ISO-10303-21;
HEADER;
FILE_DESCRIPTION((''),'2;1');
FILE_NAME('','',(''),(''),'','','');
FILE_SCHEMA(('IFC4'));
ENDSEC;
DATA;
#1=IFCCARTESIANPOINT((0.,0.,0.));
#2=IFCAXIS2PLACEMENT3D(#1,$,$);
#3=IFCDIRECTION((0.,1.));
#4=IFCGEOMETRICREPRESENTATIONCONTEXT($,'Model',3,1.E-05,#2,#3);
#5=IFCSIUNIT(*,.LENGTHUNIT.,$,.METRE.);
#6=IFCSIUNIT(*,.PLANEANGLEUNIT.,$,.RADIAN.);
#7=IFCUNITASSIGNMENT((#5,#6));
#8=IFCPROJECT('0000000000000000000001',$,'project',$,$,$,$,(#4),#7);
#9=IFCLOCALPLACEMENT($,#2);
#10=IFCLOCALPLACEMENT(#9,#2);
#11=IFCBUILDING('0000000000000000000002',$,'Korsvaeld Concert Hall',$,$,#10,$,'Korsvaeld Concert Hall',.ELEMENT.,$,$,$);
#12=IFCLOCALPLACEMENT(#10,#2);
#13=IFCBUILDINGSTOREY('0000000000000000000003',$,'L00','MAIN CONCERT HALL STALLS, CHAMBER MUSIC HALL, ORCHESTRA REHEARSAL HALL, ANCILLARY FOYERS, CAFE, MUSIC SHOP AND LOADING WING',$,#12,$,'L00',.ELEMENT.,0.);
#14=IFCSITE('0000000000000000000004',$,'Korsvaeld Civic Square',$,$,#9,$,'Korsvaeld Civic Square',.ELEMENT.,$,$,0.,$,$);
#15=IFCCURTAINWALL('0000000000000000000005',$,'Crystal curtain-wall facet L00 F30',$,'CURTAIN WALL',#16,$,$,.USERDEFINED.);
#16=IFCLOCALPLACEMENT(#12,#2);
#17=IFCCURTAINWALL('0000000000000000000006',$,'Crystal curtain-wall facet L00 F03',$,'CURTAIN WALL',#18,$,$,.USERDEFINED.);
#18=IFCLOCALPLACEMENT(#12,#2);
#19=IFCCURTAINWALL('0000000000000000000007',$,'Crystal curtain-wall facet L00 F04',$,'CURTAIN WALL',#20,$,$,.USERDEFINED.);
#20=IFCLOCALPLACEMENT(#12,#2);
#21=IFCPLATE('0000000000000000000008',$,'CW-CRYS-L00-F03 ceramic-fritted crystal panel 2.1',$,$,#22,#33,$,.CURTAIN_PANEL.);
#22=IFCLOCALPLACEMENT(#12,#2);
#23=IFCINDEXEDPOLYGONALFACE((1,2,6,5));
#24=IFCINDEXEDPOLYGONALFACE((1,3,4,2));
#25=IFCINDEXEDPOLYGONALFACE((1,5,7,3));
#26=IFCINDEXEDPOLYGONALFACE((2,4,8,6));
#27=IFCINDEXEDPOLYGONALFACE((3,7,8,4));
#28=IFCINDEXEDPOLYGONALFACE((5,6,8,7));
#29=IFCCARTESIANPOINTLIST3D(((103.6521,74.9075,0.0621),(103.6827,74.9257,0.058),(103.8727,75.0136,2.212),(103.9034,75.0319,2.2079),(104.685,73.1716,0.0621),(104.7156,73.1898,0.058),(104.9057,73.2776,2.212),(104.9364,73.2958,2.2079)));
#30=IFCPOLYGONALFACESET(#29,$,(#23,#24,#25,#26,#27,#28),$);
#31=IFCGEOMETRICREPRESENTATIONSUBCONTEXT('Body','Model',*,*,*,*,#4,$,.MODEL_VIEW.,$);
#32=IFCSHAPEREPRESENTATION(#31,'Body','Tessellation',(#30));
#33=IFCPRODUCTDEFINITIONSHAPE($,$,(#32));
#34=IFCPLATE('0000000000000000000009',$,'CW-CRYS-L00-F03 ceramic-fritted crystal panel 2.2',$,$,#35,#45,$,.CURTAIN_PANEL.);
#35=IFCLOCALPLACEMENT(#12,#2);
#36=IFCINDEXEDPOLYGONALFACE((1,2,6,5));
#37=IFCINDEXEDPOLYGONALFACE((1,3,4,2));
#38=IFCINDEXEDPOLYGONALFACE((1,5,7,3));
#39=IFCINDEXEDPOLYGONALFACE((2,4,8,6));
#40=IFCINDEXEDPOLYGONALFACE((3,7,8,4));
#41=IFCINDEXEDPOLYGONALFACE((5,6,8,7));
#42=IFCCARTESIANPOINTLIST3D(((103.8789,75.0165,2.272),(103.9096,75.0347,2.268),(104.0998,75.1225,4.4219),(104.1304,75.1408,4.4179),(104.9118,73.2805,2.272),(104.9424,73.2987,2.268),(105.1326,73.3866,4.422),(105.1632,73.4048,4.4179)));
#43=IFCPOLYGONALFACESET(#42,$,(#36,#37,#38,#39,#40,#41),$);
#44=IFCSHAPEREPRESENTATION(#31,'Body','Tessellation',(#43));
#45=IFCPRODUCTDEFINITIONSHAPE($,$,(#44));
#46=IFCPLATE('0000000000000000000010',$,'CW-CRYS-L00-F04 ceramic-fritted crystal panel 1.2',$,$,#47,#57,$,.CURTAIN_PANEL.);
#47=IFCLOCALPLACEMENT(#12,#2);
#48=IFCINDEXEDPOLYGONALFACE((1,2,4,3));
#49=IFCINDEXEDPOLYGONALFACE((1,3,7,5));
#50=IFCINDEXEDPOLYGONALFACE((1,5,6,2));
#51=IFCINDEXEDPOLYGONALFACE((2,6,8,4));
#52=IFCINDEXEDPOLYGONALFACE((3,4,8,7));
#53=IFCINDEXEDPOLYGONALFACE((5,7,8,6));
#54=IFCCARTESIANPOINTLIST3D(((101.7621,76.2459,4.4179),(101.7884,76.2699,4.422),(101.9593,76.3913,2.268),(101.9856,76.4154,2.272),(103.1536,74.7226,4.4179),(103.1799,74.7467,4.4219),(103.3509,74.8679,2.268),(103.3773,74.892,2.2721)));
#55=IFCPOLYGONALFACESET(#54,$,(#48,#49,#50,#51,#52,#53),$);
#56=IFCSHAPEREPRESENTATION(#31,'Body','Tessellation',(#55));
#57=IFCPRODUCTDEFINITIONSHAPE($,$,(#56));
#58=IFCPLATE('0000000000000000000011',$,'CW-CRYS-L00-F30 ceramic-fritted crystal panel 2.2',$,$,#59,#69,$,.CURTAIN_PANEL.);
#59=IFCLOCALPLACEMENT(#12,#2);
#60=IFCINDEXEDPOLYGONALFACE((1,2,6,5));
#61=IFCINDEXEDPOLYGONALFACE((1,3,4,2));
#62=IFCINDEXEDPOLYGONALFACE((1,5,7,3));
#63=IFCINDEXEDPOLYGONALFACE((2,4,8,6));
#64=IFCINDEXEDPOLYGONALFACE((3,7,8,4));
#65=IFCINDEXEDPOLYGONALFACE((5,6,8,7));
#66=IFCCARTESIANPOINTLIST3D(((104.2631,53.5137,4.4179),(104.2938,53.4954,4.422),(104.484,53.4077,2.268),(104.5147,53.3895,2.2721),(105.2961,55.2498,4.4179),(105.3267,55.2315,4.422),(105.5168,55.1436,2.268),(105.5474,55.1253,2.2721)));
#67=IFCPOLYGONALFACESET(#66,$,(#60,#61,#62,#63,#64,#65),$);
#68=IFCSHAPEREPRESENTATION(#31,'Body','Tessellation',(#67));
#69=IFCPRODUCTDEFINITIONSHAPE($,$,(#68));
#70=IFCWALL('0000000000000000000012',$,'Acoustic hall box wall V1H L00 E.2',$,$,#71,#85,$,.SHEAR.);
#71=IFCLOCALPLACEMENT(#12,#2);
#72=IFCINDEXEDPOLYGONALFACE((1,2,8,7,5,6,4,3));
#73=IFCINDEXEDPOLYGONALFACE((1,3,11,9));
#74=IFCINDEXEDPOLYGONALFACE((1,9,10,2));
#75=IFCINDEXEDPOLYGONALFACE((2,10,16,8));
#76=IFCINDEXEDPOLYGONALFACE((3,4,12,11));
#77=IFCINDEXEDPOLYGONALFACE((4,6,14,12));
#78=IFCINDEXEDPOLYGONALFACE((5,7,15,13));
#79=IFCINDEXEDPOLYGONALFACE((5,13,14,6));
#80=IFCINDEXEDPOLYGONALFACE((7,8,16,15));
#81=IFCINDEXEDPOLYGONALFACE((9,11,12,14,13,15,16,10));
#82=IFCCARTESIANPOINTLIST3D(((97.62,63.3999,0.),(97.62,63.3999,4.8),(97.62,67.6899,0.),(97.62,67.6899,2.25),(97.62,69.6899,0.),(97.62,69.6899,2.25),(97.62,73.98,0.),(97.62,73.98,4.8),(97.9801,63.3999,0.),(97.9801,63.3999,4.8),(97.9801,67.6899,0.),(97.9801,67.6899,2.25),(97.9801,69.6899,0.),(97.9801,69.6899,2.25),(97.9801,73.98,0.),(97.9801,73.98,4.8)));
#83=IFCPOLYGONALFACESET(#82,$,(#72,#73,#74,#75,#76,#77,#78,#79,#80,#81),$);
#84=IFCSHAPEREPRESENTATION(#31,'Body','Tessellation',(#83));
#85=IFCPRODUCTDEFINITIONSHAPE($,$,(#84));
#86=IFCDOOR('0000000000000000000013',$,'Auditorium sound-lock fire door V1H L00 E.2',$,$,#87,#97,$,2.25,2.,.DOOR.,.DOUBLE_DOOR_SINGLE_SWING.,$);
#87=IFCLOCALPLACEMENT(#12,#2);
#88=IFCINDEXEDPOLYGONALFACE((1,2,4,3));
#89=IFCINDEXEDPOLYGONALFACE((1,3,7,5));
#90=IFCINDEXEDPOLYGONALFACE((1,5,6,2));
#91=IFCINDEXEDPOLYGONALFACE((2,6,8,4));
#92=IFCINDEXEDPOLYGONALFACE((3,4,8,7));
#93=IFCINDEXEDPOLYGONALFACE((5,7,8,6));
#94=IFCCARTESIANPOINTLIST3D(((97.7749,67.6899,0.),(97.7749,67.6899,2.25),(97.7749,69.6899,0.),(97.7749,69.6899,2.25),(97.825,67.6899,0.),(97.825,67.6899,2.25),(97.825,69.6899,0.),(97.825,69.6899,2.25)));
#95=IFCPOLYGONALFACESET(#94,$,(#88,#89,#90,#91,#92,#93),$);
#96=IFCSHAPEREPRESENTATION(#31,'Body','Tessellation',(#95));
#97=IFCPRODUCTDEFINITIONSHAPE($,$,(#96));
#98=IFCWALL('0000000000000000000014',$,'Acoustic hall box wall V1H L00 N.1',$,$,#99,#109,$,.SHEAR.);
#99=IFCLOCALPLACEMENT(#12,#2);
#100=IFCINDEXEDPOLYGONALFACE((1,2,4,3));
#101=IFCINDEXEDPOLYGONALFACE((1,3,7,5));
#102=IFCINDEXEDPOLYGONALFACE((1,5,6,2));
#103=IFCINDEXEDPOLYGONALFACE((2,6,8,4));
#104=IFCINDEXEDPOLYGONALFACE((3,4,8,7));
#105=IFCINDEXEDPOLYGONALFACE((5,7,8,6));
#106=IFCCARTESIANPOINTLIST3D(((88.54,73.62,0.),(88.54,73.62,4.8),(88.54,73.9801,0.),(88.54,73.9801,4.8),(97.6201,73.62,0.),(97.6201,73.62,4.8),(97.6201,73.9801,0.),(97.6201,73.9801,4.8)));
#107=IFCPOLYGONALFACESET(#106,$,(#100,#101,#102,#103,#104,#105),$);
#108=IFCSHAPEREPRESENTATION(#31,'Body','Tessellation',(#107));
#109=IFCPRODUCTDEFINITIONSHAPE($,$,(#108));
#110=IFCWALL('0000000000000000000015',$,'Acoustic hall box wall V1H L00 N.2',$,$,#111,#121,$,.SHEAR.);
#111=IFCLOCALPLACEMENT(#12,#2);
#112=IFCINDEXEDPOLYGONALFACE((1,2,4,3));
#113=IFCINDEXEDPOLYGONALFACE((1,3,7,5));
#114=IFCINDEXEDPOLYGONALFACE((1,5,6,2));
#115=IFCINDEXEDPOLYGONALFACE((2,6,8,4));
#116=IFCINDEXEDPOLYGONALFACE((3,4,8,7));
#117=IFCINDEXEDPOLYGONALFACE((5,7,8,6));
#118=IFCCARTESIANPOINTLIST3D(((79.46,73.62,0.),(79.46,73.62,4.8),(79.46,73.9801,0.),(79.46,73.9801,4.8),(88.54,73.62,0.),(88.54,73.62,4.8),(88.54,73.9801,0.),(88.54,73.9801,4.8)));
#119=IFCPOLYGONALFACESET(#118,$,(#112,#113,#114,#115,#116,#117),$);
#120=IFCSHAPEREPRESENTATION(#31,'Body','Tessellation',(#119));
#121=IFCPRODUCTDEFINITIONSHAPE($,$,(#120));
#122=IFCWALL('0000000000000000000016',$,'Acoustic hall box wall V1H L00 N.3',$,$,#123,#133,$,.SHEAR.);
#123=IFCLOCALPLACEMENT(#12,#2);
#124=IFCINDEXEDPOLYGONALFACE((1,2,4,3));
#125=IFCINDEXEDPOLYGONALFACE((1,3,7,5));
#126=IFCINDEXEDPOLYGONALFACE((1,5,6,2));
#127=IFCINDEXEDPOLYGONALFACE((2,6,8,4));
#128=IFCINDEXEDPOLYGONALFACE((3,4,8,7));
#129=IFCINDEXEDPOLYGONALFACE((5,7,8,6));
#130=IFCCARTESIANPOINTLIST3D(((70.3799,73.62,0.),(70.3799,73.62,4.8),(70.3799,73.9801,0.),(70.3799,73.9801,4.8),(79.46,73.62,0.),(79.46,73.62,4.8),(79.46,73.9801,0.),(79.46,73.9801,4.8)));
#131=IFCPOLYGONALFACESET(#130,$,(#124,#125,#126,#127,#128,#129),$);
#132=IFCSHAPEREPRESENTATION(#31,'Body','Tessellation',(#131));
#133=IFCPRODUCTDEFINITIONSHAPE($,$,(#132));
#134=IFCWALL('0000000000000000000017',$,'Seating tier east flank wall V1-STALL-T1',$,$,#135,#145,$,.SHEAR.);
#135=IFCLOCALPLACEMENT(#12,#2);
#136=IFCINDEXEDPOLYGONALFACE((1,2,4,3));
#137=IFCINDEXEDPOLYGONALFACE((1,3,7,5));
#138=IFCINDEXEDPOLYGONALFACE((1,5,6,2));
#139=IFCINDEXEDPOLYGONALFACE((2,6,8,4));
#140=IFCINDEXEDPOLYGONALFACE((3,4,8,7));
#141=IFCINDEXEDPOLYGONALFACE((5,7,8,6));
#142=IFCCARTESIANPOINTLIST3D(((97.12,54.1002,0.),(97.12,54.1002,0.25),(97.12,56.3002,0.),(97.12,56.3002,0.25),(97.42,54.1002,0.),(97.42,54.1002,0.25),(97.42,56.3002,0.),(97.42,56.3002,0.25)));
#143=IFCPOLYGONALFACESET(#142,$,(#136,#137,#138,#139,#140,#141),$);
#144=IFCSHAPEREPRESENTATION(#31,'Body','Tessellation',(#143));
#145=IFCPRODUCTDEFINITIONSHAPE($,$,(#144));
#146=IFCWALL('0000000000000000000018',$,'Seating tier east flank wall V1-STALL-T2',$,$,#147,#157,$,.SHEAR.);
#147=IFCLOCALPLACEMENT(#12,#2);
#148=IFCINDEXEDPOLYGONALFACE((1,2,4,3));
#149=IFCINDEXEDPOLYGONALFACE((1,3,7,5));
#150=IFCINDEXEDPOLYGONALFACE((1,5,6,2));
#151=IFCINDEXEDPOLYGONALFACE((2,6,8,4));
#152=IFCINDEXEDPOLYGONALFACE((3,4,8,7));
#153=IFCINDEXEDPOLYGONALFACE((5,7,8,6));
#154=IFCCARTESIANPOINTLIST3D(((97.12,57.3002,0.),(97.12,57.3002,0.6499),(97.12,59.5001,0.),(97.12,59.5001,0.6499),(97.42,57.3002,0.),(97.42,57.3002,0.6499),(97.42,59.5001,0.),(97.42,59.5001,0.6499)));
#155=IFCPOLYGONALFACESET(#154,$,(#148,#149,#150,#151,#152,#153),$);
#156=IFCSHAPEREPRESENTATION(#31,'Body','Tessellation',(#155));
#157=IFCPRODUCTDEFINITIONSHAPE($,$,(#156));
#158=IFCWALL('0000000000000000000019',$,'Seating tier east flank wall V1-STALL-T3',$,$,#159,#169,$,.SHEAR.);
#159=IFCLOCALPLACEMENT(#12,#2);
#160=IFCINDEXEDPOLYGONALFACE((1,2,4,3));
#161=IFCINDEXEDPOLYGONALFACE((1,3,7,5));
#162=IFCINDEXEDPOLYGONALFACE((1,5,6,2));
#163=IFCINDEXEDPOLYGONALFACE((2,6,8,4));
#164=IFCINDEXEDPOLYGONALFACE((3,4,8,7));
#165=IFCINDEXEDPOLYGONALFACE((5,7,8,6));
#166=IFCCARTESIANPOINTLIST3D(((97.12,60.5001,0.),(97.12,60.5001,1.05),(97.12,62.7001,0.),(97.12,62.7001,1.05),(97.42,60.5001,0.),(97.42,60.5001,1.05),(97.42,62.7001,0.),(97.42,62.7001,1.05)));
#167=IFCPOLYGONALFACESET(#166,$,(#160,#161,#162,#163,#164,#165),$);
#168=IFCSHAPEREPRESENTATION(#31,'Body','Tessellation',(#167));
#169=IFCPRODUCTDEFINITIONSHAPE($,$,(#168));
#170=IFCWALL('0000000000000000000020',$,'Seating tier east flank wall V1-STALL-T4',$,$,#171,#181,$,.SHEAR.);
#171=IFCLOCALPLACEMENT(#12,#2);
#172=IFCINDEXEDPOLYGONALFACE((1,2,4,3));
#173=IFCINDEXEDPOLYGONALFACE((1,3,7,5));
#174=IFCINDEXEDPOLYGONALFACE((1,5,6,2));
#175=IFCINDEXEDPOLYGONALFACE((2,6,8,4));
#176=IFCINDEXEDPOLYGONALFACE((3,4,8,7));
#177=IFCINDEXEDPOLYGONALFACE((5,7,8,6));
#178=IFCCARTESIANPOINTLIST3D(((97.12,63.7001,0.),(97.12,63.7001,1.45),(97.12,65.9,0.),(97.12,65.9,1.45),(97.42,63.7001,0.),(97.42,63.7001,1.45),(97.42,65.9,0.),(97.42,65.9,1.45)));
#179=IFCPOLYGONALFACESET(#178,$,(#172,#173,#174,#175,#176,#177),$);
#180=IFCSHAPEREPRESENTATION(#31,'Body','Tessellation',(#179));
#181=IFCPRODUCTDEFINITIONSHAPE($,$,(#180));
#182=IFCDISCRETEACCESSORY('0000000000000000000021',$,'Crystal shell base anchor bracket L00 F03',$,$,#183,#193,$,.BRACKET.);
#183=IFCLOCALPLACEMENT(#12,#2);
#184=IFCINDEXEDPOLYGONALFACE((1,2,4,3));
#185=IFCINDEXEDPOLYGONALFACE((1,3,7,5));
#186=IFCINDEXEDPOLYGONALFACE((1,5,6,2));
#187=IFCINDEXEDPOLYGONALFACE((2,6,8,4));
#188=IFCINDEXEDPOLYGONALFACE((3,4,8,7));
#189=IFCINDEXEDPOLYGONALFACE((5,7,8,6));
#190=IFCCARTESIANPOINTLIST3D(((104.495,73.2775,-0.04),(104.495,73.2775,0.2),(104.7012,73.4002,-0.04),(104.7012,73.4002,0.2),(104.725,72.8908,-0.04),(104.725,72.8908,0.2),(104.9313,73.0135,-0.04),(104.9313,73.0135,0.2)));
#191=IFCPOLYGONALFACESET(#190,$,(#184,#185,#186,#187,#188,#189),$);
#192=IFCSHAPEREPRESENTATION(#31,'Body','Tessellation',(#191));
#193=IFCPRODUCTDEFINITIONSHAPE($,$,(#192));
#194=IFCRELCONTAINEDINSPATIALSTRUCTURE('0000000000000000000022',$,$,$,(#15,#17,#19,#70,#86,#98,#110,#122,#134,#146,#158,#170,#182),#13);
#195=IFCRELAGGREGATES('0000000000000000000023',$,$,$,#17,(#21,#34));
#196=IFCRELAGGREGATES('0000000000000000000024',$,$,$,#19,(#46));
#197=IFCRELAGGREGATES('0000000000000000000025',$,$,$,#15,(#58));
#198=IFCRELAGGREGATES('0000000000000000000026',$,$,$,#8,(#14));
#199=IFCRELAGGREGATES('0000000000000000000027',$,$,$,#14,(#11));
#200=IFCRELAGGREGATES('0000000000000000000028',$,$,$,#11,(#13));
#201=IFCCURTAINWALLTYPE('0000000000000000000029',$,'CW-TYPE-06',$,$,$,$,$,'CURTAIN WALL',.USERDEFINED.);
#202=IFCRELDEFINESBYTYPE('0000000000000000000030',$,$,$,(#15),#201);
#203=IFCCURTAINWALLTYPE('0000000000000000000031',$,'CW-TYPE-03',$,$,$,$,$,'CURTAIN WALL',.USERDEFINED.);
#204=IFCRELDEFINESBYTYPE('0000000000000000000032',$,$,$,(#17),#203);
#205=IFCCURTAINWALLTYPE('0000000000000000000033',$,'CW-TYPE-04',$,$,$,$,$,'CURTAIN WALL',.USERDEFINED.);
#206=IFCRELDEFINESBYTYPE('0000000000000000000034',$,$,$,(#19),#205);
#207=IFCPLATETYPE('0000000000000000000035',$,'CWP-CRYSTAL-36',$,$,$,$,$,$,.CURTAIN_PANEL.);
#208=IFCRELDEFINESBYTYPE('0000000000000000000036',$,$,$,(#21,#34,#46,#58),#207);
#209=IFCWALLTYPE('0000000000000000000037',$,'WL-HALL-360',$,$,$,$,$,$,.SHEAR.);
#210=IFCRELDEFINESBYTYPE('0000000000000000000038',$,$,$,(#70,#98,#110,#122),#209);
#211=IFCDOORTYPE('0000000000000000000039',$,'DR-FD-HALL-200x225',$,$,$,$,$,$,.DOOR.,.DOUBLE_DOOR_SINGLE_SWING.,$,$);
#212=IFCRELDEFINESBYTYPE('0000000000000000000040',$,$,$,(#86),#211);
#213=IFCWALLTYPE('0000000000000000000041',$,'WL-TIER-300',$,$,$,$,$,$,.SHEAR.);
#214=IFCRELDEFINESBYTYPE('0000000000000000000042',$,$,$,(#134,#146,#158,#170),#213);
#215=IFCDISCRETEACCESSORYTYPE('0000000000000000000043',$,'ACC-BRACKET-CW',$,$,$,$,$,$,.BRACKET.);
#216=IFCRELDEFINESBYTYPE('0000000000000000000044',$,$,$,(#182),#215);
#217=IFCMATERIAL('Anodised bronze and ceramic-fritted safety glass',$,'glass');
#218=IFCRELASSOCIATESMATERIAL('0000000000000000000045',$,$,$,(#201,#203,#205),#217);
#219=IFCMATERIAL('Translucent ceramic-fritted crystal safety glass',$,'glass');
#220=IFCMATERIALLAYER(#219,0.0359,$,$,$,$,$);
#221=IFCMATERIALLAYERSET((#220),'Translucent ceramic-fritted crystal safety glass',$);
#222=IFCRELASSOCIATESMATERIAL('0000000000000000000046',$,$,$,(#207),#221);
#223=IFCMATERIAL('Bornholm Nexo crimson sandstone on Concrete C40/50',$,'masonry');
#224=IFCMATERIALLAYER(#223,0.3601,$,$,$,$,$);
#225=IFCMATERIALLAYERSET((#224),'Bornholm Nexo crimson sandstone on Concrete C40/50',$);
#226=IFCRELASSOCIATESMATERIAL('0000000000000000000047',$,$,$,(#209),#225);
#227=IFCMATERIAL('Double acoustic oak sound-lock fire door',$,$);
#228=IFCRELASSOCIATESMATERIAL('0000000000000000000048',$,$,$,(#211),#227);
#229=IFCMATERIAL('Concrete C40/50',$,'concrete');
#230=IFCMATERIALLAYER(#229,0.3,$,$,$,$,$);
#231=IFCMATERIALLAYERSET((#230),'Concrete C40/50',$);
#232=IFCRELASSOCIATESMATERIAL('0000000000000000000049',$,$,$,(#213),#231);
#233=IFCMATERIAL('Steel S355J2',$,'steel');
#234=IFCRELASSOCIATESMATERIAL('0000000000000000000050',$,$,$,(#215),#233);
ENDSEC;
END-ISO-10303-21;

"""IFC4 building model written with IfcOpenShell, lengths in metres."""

from ifc_helpers import new_model, si_unit, direction, frame, frame_2d, origin, origin_2d, place, context, subcontext, project, spatial, polyline, rectangle, outline, extrude, material, layer, layer_set, type_object, element, fill, aggregate, save


model = new_model("IFC4")

# Units and contexts
model_context = context("Model", 3, precision=1e-05, world=origin(), true_north=direction((0.0, 1.0)))
body_context = subcontext(model_context, "Body", "Model", "MODEL_VIEW")
ifc_project = project(units=[si_unit("LENGTHUNIT", "METRE"), si_unit("PLANEANGLEUNIT", "RADIAN")], contexts=[model_context])

# Site, building, storey
site_placement = place(None, origin())
site = spatial("IfcSite", under=ifc_project, at=site_placement, Name="Korsvaeld Civic Square", LongName="Korsvaeld Civic Square", CompositionType="ELEMENT", RefElevation=0.0)
building_placement = place(site_placement, origin())
building = spatial("IfcBuilding", under=site, at=building_placement, Name="Korsvaeld Concert Hall", LongName="Korsvaeld Concert Hall", CompositionType="ELEMENT")
storey_placement = place(building_placement, origin())
storey = spatial("IfcBuildingStorey", under=building, at=storey_placement, Name="L00", Description="MAIN CONCERT HALL STALLS, CHAMBER MUSIC HALL, ORCHESTRA REHEARSAL HALL, ANCILLARY FOYERS, CAFE, MUSIC SHOP AND LOADING WING", LongName="L00", CompositionType="ELEMENT", Elevation=0.0)

# Shared definitions
ifc_material_1 = material(Name="Concrete C40/50", Category="concrete")

# Curtain wall
ifc_material_2 = material(Name="Anodised bronze and ceramic-fritted safety glass", Category="glass")
curtain_wall_type_1 = type_object("IfcCurtainWallType", Name="CW-TYPE-06", ElementType="CURTAIN WALL", PredefinedType="USERDEFINED", material=ifc_material_2)
curtain_wall_1_placement = place(storey_placement, origin())
curtain_wall_1 = element("IfcCurtainWall", 1, at=curtain_wall_1_placement, inside=storey, type_object=curtain_wall_type_1, Name="Crystal curtain-wall facet L00 F30", ObjectType="CURTAIN WALL", PredefinedType="USERDEFINED")

# Curtain wall
curtain_wall_type_2 = type_object("IfcCurtainWallType", Name="CW-TYPE-03", ElementType="CURTAIN WALL", PredefinedType="USERDEFINED", material=ifc_material_2)
curtain_wall_2_placement = place(storey_placement, origin())
curtain_wall_2 = element("IfcCurtainWall", 2, at=curtain_wall_2_placement, inside=storey, type_object=curtain_wall_type_2, Name="Crystal curtain-wall facet L00 F03", ObjectType="CURTAIN WALL", PredefinedType="USERDEFINED")

# Curtain wall
curtain_wall_type_3 = type_object("IfcCurtainWallType", Name="CW-TYPE-04", ElementType="CURTAIN WALL", PredefinedType="USERDEFINED", material=ifc_material_2)
curtain_wall_3_placement = place(storey_placement, origin())
curtain_wall_3 = element("IfcCurtainWall", 3, at=curtain_wall_3_placement, inside=storey, type_object=curtain_wall_type_3, Name="Crystal curtain-wall facet L00 F04", ObjectType="CURTAIN WALL", PredefinedType="USERDEFINED")

# Plates
ifc_material_3 = material(Name="Translucent ceramic-fritted crystal safety glass", Category="glass")
ifc_layer_1 = layer(ifc_material_3, 0.0359)
ifc_layer_set_1 = layer_set([ifc_layer_1], Name="Translucent ceramic-fritted crystal safety glass")
plate_type = type_object("IfcPlateType", Name="CWP-CRYSTAL-36", PredefinedType="CURTAIN_PANEL", material=ifc_layer_set_1)
plate_1_placement = place(storey_placement, frame((104.7002, 73.1807, 0.0601), z_axis=(0.853892, 0.508096, -0.112728), x_axis=(-0.511356, 0.859369, -0.000003)))
plate_1 = element("IfcPlate", 4, at=plate_1_placement, type_object=plate_type, Name="CW-CRYS-L00-F03 ceramic-fritted crystal panel 2.1", PredefinedType="CURTAIN_PANEL", context=body_context, shape_type="SweptSolid", body=[
    extrude(outline(polyline([(0.0, 0.0), (2.0199, 0.0), (1.9983, 2.1637), (-0.0218, 2.1637), (0.0, 0.0)])), frame((0.0, 0.0, 0.0181)), (0.0, 0.0, -1.0), 0.0359),
])
plate_2_placement = place(storey_placement, frame((104.927, 73.2896, 2.27), z_axis=(0.853913, 0.508049, -0.112777), x_axis=(-0.51131, 0.859396, 0.000009)))
plate_2 = element("IfcPlate", 5, at=plate_2_placement, type_object=plate_type, Name="CW-CRYS-L00-F03 ceramic-fritted crystal panel 2.2", PredefinedType="CURTAIN_PANEL", context=body_context, shape_type="SweptSolid", body=[
    extrude(outline(polyline([(0.0, 0.0), (2.02, 0.0), (1.9983, 2.1637), (-0.0217, 2.1637), (0.0, 0.0)])), frame((0.0, 0.0, 0.0181)), (0.0, 0.0, -1.0), 0.0359),
])
aggregate(curtain_wall_2, [plate_1, plate_2])
plate_3_placement = place(storey_placement, frame((103.364, 74.8799, 2.27), z_axis=(0.733607, 0.670175, 0.112633), x_axis=(-0.674467, 0.738305, -0.000004)))
plate_3 = element("IfcPlate", 6, at=plate_3_placement, type_object=plate_type, Name="CW-CRYS-L00-F04 ceramic-fritted crystal panel 1.2", PredefinedType="CURTAIN_PANEL", context=body_context, shape_type="SweptSolid", body=[
    extrude(outline(polyline([(0.0, 0.0), (2.0634, 0.0), (2.089, 2.1637), (0.0258, 2.1637), (0.0, 0.0)])), frame((0.0, 0.0, 0.0181)), (0.0, 0.0, -1.0), 0.0359),
])
aggregate(curtain_wall_3, [plate_3])
plate_4_placement = place(storey_placement, frame((104.4993, 53.3987, 2.27), z_axis=(0.853913, -0.508049, 0.112777), x_axis=(0.51131, 0.859396, 0.000002)))
plate_4 = element("IfcPlate", 7, at=plate_4_placement, type_object=plate_type, Name="CW-CRYS-L00-F30 ceramic-fritted crystal panel 2.2", PredefinedType="CURTAIN_PANEL", context=body_context, shape_type="SweptSolid", body=[
    extrude(outline(polyline([(0.0, 0.0), (2.0198, 0.0), (1.9982, 2.1637), (-0.0219, 2.1637), (0.0, 0.0)])), frame((0.0, 0.0, 0.0181)), (0.0, 0.0, -1.0), 0.0359),
])
aggregate(curtain_wall_1, [plate_4])

# Wall, opening, door
ifc_material_4 = material(Name="Bornholm Nexo crimson sandstone on Concrete C40/50", Category="masonry")
ifc_layer_2 = layer(ifc_material_4, 0.3601)
ifc_layer_set_2 = layer_set([ifc_layer_2], Name="Bornholm Nexo crimson sandstone on Concrete C40/50")
wall_type_1 = type_object("IfcWallType", Name="WL-HALL-360", PredefinedType="SHEAR", material=ifc_layer_set_2)
wall_1_placement = place(storey_placement, frame((97.8, 63.3999, 0.0), z_axis=(0.0, 0.0, 1.0), x_axis=(0.0, 1.0, 0.0)))
wall_1 = element("IfcWall", 8, at=wall_1_placement, inside=storey, type_object=wall_type_1, Name="Acoustic hall box wall V1H L00 E.2", PredefinedType="SHEAR", context=body_context, shape_type="SweptSolid", body=[
    extrude(rectangle(XDim=10.5801, YDim=0.3601, at=frame_2d((5.29, 0.0))), origin(), (0.0, 0.0, 1.0), 4.8),
])
opening_placement = place(wall_1_placement, frame((4.29, 0.0, 0.0)))
opening = element("IfcOpeningElement", 9, at=opening_placement, cuts=wall_1, PredefinedType="OPENING", context=body_context, shape_type="SweptSolid", body=[
    extrude(rectangle(XDim=2.0, YDim=2.25, at=frame_2d((1.0, 1.125))), frame((0.0, 0.1899, 0.0), z_axis=(0.0, -1.0, 0.0), x_axis=(1.0, 0.0, 0.0)), (0.0, 0.0, 1.0), 0.3801),
])
ifc_material_5 = material(Name="Double acoustic oak sound-lock fire door")
door_type = type_object("IfcDoorType", Name="DR-FD-HALL-200x225", OperationType="DOUBLE_DOOR_SINGLE_SWING", PredefinedType="DOOR", material=ifc_material_5)
door_placement = place(opening_placement, frame((2.0, 0.0, 0.0), z_axis=(0.0, 0.0, 1.0), x_axis=(-1.0, 0.0, 0.0)))
door = element("IfcDoor", 10, at=door_placement, inside=storey, type_object=door_type, Name="Auditorium sound-lock fire door V1H L00 E.2", OperationType="DOUBLE_DOOR_SINGLE_SWING", OverallHeight=2.25, OverallWidth=2.0, PredefinedType="DOOR", context=body_context, shape_type="SweptSolid", body=[
    extrude(rectangle(XDim=2.0, YDim=2.25, at=frame_2d((1.0, 1.125))), frame((0.0, 0.0249, 0.0), z_axis=(0.0, -1.0, 0.0), x_axis=(1.0, 0.0, 0.0)), (0.0, 0.0, 1.0), 0.05),
])
fill(opening, door)

# Walls
for number, where, z_axis, x_axis, name in (
    (11, (97.6201, 73.8, 0.0), (0.0, 0.0, 1.0), (-1.0, 0.0, 0.0), "Acoustic hall box wall V1H L00 N.1"),
    (12, (88.54, 73.8, 0.0), (0.0, 0.0, 1.0), (-1.0, 0.0, 0.0), "Acoustic hall box wall V1H L00 N.2"),
    (13, (79.46, 73.8, 0.0), (0.0, 0.0, 1.0), (-1.0, 0.0, 0.0), "Acoustic hall box wall V1H L00 N.3"),
):
    element("IfcWall", number, at=place(storey_placement, frame(where, z_axis=z_axis, x_axis=x_axis)), inside=storey, type_object=wall_type_1, Name=name, PredefinedType="SHEAR", context=body_context, shape_type="SweptSolid", body=[
        extrude(rectangle(XDim=9.0801, YDim=0.3601, at=frame_2d((4.54, 0.0))), origin(), (0.0, 0.0, 1.0), 4.8),
    ])
ifc_layer_3 = layer(ifc_material_1, 0.3)
ifc_layer_set_3 = layer_set([ifc_layer_3], Name="Concrete C40/50")
wall_type_2 = type_object("IfcWallType", Name="WL-TIER-300", PredefinedType="SHEAR", material=ifc_layer_set_3)
wall_2_placement = place(storey_placement, frame((97.27, 54.1001, 0.0), z_axis=(0.0, 0.0, 1.0), x_axis=(0.0, 1.0, 0.0)))
element("IfcWall", 14, at=wall_2_placement, inside=storey, type_object=wall_type_2, Name="Seating tier east flank wall V1-STALL-T1", PredefinedType="SHEAR", context=body_context, shape_type="SweptSolid", body=[
    extrude(rectangle(XDim=2.2, YDim=0.3, at=frame_2d((1.1001, 0.0))), origin(), (0.0, 0.0, 1.0), 0.25),
])
wall_3_placement = place(storey_placement, frame((97.27, 57.3, 0.0), z_axis=(0.0, 0.0, 1.0), x_axis=(0.0, 1.0, 0.0)))
element("IfcWall", 15, at=wall_3_placement, inside=storey, type_object=wall_type_2, Name="Seating tier east flank wall V1-STALL-T2", PredefinedType="SHEAR", context=body_context, shape_type="SweptSolid", body=[
    extrude(rectangle(XDim=2.2, YDim=0.3, at=frame_2d((1.1001, 0.0))), origin(), (0.0, 0.0, 1.0), 0.6499),
])
wall_4_placement = place(storey_placement, frame((97.27, 60.5, 0.0), z_axis=(0.0, 0.0, 1.0), x_axis=(0.0, 1.0, 0.0)))
element("IfcWall", 16, at=wall_4_placement, inside=storey, type_object=wall_type_2, Name="Seating tier east flank wall V1-STALL-T3", PredefinedType="SHEAR", context=body_context, shape_type="SweptSolid", body=[
    extrude(rectangle(XDim=2.2, YDim=0.3, at=frame_2d((1.1001, 0.0))), origin(), (0.0, 0.0, 1.0), 1.05),
])
wall_5_placement = place(storey_placement, frame((97.27, 63.7, 0.0), z_axis=(0.0, 0.0, 1.0), x_axis=(0.0, 1.0, 0.0)))
element("IfcWall", 17, at=wall_5_placement, inside=storey, type_object=wall_type_2, Name="Seating tier east flank wall V1-STALL-T4", PredefinedType="SHEAR", context=body_context, shape_type="SweptSolid", body=[
    extrude(rectangle(XDim=2.2, YDim=0.3, at=frame_2d((1.1001, 0.0))), origin(), (0.0, 0.0, 1.0), 1.45),
])

# Discrete accessory
ifc_material_6 = material(Name="Steel S355J2", Category="steel")
discrete_accessory_type = type_object("IfcDiscreteAccessoryType", Name="ACC-BRACKET-CW", PredefinedType="BRACKET", material=ifc_material_6)
discrete_accessory_placement = place(storey_placement, frame((104.7131, 73.1455, -0.04), z_axis=(0.0, 0.0, 1.0), x_axis=(-0.511293, 0.859406, 0.0)))
element("IfcDiscreteAccessory", 18, at=discrete_accessory_placement, inside=storey, type_object=discrete_accessory_type, Name="Crystal shell base anchor bracket L00 F03", PredefinedType="BRACKET", context=body_context, shape_type="SweptSolid", body=[
    extrude(rectangle(XDim=0.45, YDim=0.24, at=origin_2d()), origin(), (0.0, 0.0, 1.0), 0.24),
])

save(model, "model.ifc")
